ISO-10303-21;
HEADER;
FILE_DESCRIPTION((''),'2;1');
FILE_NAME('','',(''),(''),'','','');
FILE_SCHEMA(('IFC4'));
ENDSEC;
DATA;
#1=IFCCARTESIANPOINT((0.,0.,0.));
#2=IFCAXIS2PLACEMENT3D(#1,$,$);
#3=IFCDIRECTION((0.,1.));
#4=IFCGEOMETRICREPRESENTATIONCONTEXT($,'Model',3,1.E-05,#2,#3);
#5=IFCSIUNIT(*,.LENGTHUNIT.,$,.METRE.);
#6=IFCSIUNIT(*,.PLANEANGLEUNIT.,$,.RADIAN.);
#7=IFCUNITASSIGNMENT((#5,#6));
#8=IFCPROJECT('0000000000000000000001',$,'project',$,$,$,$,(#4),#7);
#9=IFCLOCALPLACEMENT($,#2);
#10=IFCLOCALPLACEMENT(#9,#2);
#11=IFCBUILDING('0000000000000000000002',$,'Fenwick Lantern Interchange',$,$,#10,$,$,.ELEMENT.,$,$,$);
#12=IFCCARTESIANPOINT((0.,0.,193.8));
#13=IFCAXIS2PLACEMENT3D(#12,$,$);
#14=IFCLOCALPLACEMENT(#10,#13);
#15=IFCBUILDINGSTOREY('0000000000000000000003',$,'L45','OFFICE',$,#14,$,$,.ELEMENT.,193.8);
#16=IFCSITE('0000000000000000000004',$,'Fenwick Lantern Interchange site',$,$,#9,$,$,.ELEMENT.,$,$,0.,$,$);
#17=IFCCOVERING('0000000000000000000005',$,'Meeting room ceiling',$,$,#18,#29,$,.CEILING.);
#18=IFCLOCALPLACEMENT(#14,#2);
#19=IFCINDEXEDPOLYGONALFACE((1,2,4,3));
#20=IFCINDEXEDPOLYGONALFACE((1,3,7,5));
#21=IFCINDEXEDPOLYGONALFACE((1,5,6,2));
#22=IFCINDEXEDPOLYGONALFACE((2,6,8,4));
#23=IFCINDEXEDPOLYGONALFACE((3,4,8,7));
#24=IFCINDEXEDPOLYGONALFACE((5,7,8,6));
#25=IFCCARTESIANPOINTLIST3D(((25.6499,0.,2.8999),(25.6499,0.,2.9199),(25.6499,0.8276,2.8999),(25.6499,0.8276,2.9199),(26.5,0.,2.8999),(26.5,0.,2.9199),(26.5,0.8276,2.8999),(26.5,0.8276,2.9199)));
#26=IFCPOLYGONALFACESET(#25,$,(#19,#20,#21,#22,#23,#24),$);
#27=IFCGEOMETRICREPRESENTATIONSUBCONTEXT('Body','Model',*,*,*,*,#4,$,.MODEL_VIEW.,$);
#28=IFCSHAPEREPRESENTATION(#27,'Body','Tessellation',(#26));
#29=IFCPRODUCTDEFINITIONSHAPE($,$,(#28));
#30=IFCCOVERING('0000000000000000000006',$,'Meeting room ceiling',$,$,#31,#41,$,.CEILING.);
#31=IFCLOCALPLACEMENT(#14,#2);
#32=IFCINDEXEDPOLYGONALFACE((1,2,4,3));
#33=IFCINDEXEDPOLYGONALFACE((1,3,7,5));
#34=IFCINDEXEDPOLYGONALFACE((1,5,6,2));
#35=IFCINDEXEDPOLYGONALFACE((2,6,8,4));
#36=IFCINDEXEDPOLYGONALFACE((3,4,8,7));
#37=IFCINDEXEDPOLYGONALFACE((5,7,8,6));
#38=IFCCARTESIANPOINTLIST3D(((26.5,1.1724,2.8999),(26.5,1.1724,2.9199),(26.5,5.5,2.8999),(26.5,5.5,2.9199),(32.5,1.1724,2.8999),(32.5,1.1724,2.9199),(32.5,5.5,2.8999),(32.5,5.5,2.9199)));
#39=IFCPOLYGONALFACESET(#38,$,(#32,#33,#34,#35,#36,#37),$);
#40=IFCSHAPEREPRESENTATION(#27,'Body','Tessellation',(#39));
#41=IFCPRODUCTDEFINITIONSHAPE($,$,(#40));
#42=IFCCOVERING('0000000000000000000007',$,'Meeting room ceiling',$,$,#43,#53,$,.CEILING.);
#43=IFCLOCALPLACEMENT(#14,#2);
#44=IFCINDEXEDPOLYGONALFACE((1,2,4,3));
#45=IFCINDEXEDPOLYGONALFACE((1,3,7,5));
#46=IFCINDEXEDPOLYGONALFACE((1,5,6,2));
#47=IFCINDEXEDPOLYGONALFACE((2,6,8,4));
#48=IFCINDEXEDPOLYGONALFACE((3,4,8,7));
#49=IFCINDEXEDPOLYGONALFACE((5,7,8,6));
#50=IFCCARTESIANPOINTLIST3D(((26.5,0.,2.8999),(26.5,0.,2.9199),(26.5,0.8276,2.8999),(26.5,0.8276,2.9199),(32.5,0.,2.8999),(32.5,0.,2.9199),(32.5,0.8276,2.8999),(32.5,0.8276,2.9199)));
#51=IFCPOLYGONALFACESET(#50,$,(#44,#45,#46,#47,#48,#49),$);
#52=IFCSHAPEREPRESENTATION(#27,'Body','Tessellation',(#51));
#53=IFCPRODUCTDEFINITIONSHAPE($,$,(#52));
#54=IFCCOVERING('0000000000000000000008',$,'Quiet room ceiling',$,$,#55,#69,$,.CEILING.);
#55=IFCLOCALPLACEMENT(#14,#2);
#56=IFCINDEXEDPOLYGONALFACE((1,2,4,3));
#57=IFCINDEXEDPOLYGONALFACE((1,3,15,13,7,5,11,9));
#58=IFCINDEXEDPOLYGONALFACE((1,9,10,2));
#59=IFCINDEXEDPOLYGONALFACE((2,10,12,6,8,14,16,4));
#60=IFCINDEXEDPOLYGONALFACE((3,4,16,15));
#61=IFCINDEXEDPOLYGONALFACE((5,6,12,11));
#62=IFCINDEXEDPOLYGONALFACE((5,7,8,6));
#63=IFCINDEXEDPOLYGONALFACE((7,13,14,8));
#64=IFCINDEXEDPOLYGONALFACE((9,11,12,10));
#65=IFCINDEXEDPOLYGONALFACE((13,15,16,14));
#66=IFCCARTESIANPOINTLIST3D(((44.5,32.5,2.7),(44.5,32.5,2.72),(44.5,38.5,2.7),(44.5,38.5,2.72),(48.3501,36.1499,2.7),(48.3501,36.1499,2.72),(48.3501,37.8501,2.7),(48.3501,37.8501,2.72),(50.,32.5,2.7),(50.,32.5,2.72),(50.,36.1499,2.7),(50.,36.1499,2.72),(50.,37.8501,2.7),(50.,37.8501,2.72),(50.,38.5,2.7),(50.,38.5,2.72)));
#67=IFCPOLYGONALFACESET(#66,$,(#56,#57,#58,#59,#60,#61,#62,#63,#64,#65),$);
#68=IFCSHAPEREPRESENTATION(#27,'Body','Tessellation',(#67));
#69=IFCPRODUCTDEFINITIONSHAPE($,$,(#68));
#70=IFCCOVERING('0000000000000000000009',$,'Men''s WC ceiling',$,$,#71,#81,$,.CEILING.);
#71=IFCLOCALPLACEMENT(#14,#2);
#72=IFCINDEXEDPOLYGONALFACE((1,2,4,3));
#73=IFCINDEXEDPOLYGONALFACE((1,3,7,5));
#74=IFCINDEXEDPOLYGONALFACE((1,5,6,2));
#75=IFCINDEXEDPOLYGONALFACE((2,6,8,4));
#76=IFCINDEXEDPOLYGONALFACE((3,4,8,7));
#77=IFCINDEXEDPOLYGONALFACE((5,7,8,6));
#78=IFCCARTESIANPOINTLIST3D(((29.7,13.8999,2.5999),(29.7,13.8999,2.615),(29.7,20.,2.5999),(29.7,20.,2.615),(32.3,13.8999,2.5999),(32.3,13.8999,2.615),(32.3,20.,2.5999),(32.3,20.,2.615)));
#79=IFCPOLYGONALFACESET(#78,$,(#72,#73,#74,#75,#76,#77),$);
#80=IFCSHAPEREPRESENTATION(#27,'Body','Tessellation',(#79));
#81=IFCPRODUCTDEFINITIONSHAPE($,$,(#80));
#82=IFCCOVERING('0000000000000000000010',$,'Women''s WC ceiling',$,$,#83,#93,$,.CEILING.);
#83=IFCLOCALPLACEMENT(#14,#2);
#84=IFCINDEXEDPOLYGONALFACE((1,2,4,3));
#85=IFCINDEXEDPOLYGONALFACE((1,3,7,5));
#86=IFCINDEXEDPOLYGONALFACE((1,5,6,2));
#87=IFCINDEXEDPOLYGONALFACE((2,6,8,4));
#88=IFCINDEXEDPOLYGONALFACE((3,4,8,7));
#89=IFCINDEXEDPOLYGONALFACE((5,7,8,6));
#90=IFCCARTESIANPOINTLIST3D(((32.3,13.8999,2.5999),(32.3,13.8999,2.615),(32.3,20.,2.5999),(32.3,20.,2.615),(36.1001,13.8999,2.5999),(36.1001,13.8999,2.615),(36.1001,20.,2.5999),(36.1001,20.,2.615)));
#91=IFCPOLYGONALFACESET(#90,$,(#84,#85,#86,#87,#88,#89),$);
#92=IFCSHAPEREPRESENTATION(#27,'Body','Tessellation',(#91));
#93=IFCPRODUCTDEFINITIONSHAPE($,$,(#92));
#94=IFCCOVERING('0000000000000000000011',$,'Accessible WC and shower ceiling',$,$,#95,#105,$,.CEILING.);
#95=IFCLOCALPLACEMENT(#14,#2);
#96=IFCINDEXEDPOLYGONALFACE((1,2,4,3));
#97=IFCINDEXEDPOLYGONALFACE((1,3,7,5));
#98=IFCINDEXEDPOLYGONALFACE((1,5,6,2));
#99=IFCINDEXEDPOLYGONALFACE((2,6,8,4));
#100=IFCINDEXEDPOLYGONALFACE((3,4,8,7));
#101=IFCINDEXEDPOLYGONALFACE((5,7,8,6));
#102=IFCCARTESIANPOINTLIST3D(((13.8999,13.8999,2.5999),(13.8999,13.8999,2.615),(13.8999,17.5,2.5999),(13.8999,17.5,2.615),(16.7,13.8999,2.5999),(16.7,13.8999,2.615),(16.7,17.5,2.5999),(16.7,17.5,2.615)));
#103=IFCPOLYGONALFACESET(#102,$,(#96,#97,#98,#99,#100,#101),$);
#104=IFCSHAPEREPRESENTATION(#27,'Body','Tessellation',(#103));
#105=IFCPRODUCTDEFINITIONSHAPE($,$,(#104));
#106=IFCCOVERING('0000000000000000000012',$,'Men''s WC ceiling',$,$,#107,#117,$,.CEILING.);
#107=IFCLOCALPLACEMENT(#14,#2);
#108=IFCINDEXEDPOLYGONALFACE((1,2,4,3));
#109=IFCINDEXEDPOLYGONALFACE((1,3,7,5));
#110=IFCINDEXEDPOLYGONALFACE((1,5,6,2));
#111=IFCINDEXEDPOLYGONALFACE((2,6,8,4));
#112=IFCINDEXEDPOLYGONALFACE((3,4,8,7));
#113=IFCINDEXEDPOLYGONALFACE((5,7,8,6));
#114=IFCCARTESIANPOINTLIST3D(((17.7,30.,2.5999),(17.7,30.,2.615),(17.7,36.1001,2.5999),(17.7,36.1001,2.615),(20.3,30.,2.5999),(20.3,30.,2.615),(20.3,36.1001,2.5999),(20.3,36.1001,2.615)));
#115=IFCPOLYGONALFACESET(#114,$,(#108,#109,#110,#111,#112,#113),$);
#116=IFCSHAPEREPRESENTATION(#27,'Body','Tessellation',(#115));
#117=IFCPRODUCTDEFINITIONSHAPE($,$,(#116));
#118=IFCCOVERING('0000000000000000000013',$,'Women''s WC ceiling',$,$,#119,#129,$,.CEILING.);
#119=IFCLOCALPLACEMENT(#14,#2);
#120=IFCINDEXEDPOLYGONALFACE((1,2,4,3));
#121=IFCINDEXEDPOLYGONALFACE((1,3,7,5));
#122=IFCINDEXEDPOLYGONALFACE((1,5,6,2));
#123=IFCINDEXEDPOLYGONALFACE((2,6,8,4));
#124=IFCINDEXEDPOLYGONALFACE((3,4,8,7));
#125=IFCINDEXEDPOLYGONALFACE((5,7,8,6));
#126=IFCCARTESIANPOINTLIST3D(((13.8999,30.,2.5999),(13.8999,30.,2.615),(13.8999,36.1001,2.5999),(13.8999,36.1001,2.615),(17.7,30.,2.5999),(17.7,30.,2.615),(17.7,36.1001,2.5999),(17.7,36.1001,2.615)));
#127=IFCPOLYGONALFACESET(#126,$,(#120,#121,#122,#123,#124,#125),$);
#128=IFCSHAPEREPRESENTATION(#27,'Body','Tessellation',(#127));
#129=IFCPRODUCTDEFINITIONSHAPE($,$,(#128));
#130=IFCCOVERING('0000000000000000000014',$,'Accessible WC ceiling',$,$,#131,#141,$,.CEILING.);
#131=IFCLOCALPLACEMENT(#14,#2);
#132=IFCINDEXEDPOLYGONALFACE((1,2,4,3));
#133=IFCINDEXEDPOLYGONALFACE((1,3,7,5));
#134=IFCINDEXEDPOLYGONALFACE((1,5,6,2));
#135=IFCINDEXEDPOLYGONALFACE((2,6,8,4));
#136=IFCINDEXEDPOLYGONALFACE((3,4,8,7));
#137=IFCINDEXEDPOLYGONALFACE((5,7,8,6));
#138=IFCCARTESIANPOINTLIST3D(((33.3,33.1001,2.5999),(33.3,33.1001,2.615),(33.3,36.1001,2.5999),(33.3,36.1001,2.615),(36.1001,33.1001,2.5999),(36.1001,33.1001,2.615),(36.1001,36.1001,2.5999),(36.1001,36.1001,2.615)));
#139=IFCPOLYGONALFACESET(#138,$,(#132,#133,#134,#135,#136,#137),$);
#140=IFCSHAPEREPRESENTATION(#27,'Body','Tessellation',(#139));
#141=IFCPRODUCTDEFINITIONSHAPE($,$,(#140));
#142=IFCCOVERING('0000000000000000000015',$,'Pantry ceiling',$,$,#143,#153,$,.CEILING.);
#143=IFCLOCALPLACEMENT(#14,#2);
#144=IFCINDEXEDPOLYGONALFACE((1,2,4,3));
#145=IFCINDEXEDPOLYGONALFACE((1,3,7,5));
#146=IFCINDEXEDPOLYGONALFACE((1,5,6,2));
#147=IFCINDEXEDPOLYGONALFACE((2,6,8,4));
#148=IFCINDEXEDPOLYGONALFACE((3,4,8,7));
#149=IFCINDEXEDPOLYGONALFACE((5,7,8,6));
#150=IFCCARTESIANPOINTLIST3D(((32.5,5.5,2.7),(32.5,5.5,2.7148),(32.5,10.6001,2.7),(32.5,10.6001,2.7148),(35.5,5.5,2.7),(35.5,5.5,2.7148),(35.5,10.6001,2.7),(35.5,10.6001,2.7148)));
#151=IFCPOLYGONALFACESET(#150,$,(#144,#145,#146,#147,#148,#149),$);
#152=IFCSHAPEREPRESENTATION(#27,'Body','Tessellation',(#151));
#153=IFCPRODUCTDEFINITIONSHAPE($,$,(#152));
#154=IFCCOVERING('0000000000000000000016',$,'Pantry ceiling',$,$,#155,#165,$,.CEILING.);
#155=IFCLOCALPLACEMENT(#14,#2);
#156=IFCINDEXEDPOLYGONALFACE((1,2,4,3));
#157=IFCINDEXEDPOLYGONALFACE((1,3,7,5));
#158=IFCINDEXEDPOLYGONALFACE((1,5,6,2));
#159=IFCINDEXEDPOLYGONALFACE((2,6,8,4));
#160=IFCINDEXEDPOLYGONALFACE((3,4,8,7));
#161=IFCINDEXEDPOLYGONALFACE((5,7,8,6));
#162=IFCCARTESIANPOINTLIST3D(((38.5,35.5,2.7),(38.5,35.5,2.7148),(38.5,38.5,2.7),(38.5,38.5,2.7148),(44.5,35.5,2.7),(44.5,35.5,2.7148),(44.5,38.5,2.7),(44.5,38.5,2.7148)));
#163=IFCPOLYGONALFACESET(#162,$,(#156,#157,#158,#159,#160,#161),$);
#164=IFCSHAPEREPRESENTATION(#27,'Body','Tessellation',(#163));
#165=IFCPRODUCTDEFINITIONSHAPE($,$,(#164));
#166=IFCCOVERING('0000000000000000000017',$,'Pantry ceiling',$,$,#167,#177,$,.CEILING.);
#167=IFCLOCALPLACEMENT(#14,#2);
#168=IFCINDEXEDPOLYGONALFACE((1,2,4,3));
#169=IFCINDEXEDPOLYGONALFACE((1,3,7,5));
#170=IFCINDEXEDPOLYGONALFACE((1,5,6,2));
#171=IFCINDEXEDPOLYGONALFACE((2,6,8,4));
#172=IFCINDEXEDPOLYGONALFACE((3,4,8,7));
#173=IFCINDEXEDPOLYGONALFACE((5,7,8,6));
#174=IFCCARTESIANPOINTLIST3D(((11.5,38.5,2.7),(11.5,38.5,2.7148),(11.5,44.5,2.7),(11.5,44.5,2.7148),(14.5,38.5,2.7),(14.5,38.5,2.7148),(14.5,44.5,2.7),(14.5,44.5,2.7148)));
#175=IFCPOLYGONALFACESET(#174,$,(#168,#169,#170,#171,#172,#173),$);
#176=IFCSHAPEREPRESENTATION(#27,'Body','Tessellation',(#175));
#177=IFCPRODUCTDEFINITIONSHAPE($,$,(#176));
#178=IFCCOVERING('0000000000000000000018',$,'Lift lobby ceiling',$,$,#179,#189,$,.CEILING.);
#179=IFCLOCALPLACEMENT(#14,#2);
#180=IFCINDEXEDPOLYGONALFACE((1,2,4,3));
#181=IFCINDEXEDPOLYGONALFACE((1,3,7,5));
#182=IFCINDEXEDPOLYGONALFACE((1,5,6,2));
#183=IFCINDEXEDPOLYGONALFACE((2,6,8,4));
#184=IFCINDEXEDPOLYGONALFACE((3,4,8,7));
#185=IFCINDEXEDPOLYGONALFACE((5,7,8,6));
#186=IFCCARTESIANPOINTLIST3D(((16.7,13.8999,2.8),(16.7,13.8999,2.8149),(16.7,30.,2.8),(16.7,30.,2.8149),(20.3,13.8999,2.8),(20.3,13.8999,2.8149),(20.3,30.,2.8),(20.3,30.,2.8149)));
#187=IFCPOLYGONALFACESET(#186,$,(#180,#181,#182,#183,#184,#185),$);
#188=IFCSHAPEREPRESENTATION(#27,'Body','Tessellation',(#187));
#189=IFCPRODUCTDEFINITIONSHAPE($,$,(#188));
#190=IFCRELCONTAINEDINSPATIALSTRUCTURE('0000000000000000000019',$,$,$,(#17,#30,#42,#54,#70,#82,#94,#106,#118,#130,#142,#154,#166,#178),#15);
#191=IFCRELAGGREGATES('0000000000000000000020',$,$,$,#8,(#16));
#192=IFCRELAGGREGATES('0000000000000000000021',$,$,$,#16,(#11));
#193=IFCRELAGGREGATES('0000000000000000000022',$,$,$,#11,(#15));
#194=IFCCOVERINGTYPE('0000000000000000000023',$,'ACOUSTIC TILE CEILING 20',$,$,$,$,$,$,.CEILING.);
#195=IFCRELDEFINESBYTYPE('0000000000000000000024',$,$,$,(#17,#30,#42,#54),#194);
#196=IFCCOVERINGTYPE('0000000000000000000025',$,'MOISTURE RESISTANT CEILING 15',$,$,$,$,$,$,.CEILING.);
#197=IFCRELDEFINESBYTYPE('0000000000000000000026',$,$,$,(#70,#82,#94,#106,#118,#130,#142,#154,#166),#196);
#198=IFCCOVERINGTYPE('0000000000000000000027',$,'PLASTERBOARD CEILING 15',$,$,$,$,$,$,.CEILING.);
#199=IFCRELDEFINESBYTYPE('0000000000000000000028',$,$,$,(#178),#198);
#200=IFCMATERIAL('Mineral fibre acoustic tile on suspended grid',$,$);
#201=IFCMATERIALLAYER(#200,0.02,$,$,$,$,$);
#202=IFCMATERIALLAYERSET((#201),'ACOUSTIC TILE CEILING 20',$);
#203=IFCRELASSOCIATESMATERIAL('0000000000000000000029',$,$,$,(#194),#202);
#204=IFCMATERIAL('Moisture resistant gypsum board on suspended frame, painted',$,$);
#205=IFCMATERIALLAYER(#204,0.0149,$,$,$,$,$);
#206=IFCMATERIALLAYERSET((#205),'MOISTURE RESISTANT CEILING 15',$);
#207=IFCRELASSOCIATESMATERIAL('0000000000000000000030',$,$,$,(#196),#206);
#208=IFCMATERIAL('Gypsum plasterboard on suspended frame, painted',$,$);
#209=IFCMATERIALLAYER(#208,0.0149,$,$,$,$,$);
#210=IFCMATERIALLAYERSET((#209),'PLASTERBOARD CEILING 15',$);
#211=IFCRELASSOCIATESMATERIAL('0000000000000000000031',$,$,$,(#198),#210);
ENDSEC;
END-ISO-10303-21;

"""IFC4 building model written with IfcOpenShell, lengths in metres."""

from ifc_helpers import new_model, si_unit, direction, frame, origin, place, context, subcontext, project, spatial, polyline, outline, extrude, material, layer, layer_set, type_object, element, save


model = new_model("IFC4")

# Units and contexts
model_context = context("Model", 3, precision=1e-05, world=origin(), true_north=direction((0.0, 1.0)))
body_context = subcontext(model_context, "Body", "Model", "MODEL_VIEW")
ifc_project = project(units=[si_unit("LENGTHUNIT", "METRE"), si_unit("PLANEANGLEUNIT", "RADIAN")], contexts=[model_context])

# Site, building, storey
site_placement = place(None, origin())
site = spatial("IfcSite", under=ifc_project, at=site_placement, Name="Fenwick Lantern Interchange site", CompositionType="ELEMENT", RefElevation=0.0)
building_placement = place(site_placement, origin())
building = spatial("IfcBuilding", under=site, at=building_placement, Name="Fenwick Lantern Interchange", CompositionType="ELEMENT")
storey_placement = place(building_placement, frame((0.0, 0.0, 193.8)))
storey = spatial("IfcBuildingStorey", under=building, at=storey_placement, Name="L45", Description="OFFICE", CompositionType="ELEMENT", Elevation=193.8)

# Coverings
ifc_material_1 = material(Name="Mineral fibre acoustic tile on suspended grid")
ifc_layer_1 = layer(ifc_material_1, 0.02)
ifc_layer_set_1 = layer_set([ifc_layer_1], Name="ACOUSTIC TILE CEILING 20")
covering_type_1 = type_object("IfcCoveringType", Name="ACOUSTIC TILE CEILING 20", PredefinedType="CEILING", material=ifc_layer_set_1)
covering_1_placement = place(storey_placement, frame((0.0, 0.0, 2.8999)))
element("IfcCovering", 1, at=covering_1_placement, inside=storey, type_object=covering_type_1, Name="Meeting room ceiling", PredefinedType="CEILING", context=body_context, shape_type="SweptSolid", body=[
    extrude(outline(polyline([(26.5, 0.0), (26.5, 0.8276), (25.6499, 0.8276), (25.6499, 0.0), (26.5, 0.0)])), origin(), (0.0, 0.0, 1.0), 0.02),
])
covering_2_placement = place(storey_placement, frame((0.0, 0.0, 2.8999)))
element("IfcCovering", 2, at=covering_2_placement, inside=storey, type_object=covering_type_1, Name="Meeting room ceiling", PredefinedType="CEILING", context=body_context, shape_type="SweptSolid", body=[
    extrude(outline(polyline([(26.5, 5.5), (26.5, 1.1724), (32.5, 1.1724), (32.5, 5.5), (26.5, 5.5)])), origin(), (0.0, 0.0, 1.0), 0.02),
])
covering_3_placement = place(storey_placement, frame((0.0, 0.0, 2.8999)))
element("IfcCovering", 3, at=covering_3_placement, inside=storey, type_object=covering_type_1, Name="Meeting room ceiling", PredefinedType="CEILING", context=body_context, shape_type="SweptSolid", body=[
    extrude(outline(polyline([(32.5, 0.0), (32.5, 0.8276), (26.5, 0.8276), (26.5, 0.0), (32.5, 0.0)])), origin(), (0.0, 0.0, 1.0), 0.02),
])
covering_4_placement = place(storey_placement, frame((0.0, 0.0, 2.7)))
element("IfcCovering", 4, at=covering_4_placement, inside=storey, type_object=covering_type_1, Name="Quiet room ceiling", PredefinedType="CEILING", context=body_context, shape_type="SweptSolid", body=[
    extrude(outline(polyline([(50.0, 32.5), (50.0, 36.1499), (48.3501, 36.1499), (48.3501, 37.8501), (50.0, 37.8501), (50.0, 38.5), (44.5, 38.5), (44.5, 32.5), (50.0, 32.5)])), origin(), (0.0, 0.0, 1.0), 0.02),
])
ifc_material_2 = material(Name="Moisture resistant gypsum board on suspended frame, painted")
ifc_layer_2 = layer(ifc_material_2, 0.0149)
ifc_layer_set_2 = layer_set([ifc_layer_2], Name="MOISTURE RESISTANT CEILING 15")
covering_type_2 = type_object("IfcCoveringType", Name="MOISTURE RESISTANT CEILING 15", PredefinedType="CEILING", material=ifc_layer_set_2)
covering_5_placement = place(storey_placement, frame((0.0, 0.0, 2.5999)))
element("IfcCovering", 5, at=covering_5_placement, inside=storey, type_object=covering_type_2, Name="Men's WC ceiling", PredefinedType="CEILING", context=body_context, shape_type="SweptSolid", body=[
    extrude(outline(polyline([(29.7, 13.8999), (32.3, 13.8999), (32.3, 20.0), (29.7, 20.0), (29.7, 13.8999)])), origin(), (0.0, 0.0, 1.0), 0.0151),
])
covering_6_placement = place(storey_placement, frame((0.0, 0.0, 2.5999)))
element("IfcCovering", 6, at=covering_6_placement, inside=storey, type_object=covering_type_2, Name="Women's WC ceiling", PredefinedType="CEILING", context=body_context, shape_type="SweptSolid", body=[
    extrude(outline(polyline([(32.3, 13.8999), (36.1001, 13.8999), (36.1001, 20.0), (32.3, 20.0), (32.3, 13.8999)])), origin(), (0.0, 0.0, 1.0), 0.0151),
])
covering_7_placement = place(storey_placement, frame((0.0, 0.0, 2.5999)))
element("IfcCovering", 7, at=covering_7_placement, inside=storey, type_object=covering_type_2, Name="Accessible WC and shower ceiling", PredefinedType="CEILING", context=body_context, shape_type="SweptSolid", body=[
    extrude(outline(polyline([(13.8999, 13.8999), (16.7, 13.8999), (16.7, 17.5), (13.8999, 17.5), (13.8999, 13.8999)])), origin(), (0.0, 0.0, 1.0), 0.0151),
])
covering_8_placement = place(storey_placement, frame((0.0, 0.0, 2.5999)))
element("IfcCovering", 8, at=covering_8_placement, inside=storey, type_object=covering_type_2, Name="Men's WC ceiling", PredefinedType="CEILING", context=body_context, shape_type="SweptSolid", body=[
    extrude(outline(polyline([(20.3, 36.1001), (17.7, 36.1001), (17.7, 30.0), (20.3, 30.0), (20.3, 36.1001)])), origin(), (0.0, 0.0, 1.0), 0.0151),
])
covering_9_placement = place(storey_placement, frame((0.0, 0.0, 2.5999)))
element("IfcCovering", 9, at=covering_9_placement, inside=storey, type_object=covering_type_2, Name="Women's WC ceiling", PredefinedType="CEILING", context=body_context, shape_type="SweptSolid", body=[
    extrude(outline(polyline([(17.7, 36.1001), (13.8999, 36.1001), (13.8999, 30.0), (17.7, 30.0), (17.7, 36.1001)])), origin(), (0.0, 0.0, 1.0), 0.0151),
])
covering_10_placement = place(storey_placement, frame((0.0, 0.0, 2.5999)))
element("IfcCovering", 10, at=covering_10_placement, inside=storey, type_object=covering_type_2, Name="Accessible WC ceiling", PredefinedType="CEILING", context=body_context, shape_type="SweptSolid", body=[
    extrude(outline(polyline([(36.1001, 36.1001), (33.3, 36.1001), (33.3, 33.1001), (36.1001, 33.1001), (36.1001, 36.1001)])), origin(), (0.0, 0.0, 1.0), 0.0151),
])
covering_11_placement = place(storey_placement, frame((0.0, 0.0, 2.7)))
element("IfcCovering", 11, at=covering_11_placement, inside=storey, type_object=covering_type_2, Name="Pantry ceiling", PredefinedType="CEILING", context=body_context, shape_type="SweptSolid", body=[
    extrude(outline(polyline([(32.5, 5.5), (35.5, 5.5), (35.5, 10.6001), (32.5, 10.6001), (32.5, 5.5)])), origin(), (0.0, 0.0, 1.0), 0.0149),
])
covering_12_placement = place(storey_placement, frame((0.0, 0.0, 2.7)))
element("IfcCovering", 12, at=covering_12_placement, inside=storey, type_object=covering_type_2, Name="Pantry ceiling", PredefinedType="CEILING", context=body_context, shape_type="SweptSolid", body=[
    extrude(outline(polyline([(44.5, 35.5), (44.5, 38.5), (38.5, 38.5), (38.5, 35.5), (44.5, 35.5)])), origin(), (0.0, 0.0, 1.0), 0.0149),
])
covering_13_placement = place(storey_placement, frame((0.0, 0.0, 2.7)))
element("IfcCovering", 13, at=covering_13_placement, inside=storey, type_object=covering_type_2, Name="Pantry ceiling", PredefinedType="CEILING", context=body_context, shape_type="SweptSolid", body=[
    extrude(outline(polyline([(14.5, 44.5), (11.5, 44.5), (11.5, 38.5), (14.5, 38.5), (14.5, 44.5)])), origin(), (0.0, 0.0, 1.0), 0.0149),
])
ifc_material_3 = material(Name="Gypsum plasterboard on suspended frame, painted")
ifc_layer_3 = layer(ifc_material_3, 0.0149)
ifc_layer_set_3 = layer_set([ifc_layer_3], Name="PLASTERBOARD CEILING 15")
covering_type_3 = type_object("IfcCoveringType", Name="PLASTERBOARD CEILING 15", PredefinedType="CEILING", material=ifc_layer_set_3)
covering_14_placement = place(storey_placement, frame((0.0, 0.0, 2.8)))
element("IfcCovering", 14, at=covering_14_placement, inside=storey, type_object=covering_type_3, Name="Lift lobby ceiling", PredefinedType="CEILING", context=body_context, shape_type="SweptSolid", body=[
    extrude(outline(polyline([(16.7, 13.8999), (20.3, 13.8999), (20.3, 30.0), (16.7, 30.0), (16.7, 13.8999)])), origin(), (0.0, 0.0, 1.0), 0.0149),
])

save(model, "model.ifc")
